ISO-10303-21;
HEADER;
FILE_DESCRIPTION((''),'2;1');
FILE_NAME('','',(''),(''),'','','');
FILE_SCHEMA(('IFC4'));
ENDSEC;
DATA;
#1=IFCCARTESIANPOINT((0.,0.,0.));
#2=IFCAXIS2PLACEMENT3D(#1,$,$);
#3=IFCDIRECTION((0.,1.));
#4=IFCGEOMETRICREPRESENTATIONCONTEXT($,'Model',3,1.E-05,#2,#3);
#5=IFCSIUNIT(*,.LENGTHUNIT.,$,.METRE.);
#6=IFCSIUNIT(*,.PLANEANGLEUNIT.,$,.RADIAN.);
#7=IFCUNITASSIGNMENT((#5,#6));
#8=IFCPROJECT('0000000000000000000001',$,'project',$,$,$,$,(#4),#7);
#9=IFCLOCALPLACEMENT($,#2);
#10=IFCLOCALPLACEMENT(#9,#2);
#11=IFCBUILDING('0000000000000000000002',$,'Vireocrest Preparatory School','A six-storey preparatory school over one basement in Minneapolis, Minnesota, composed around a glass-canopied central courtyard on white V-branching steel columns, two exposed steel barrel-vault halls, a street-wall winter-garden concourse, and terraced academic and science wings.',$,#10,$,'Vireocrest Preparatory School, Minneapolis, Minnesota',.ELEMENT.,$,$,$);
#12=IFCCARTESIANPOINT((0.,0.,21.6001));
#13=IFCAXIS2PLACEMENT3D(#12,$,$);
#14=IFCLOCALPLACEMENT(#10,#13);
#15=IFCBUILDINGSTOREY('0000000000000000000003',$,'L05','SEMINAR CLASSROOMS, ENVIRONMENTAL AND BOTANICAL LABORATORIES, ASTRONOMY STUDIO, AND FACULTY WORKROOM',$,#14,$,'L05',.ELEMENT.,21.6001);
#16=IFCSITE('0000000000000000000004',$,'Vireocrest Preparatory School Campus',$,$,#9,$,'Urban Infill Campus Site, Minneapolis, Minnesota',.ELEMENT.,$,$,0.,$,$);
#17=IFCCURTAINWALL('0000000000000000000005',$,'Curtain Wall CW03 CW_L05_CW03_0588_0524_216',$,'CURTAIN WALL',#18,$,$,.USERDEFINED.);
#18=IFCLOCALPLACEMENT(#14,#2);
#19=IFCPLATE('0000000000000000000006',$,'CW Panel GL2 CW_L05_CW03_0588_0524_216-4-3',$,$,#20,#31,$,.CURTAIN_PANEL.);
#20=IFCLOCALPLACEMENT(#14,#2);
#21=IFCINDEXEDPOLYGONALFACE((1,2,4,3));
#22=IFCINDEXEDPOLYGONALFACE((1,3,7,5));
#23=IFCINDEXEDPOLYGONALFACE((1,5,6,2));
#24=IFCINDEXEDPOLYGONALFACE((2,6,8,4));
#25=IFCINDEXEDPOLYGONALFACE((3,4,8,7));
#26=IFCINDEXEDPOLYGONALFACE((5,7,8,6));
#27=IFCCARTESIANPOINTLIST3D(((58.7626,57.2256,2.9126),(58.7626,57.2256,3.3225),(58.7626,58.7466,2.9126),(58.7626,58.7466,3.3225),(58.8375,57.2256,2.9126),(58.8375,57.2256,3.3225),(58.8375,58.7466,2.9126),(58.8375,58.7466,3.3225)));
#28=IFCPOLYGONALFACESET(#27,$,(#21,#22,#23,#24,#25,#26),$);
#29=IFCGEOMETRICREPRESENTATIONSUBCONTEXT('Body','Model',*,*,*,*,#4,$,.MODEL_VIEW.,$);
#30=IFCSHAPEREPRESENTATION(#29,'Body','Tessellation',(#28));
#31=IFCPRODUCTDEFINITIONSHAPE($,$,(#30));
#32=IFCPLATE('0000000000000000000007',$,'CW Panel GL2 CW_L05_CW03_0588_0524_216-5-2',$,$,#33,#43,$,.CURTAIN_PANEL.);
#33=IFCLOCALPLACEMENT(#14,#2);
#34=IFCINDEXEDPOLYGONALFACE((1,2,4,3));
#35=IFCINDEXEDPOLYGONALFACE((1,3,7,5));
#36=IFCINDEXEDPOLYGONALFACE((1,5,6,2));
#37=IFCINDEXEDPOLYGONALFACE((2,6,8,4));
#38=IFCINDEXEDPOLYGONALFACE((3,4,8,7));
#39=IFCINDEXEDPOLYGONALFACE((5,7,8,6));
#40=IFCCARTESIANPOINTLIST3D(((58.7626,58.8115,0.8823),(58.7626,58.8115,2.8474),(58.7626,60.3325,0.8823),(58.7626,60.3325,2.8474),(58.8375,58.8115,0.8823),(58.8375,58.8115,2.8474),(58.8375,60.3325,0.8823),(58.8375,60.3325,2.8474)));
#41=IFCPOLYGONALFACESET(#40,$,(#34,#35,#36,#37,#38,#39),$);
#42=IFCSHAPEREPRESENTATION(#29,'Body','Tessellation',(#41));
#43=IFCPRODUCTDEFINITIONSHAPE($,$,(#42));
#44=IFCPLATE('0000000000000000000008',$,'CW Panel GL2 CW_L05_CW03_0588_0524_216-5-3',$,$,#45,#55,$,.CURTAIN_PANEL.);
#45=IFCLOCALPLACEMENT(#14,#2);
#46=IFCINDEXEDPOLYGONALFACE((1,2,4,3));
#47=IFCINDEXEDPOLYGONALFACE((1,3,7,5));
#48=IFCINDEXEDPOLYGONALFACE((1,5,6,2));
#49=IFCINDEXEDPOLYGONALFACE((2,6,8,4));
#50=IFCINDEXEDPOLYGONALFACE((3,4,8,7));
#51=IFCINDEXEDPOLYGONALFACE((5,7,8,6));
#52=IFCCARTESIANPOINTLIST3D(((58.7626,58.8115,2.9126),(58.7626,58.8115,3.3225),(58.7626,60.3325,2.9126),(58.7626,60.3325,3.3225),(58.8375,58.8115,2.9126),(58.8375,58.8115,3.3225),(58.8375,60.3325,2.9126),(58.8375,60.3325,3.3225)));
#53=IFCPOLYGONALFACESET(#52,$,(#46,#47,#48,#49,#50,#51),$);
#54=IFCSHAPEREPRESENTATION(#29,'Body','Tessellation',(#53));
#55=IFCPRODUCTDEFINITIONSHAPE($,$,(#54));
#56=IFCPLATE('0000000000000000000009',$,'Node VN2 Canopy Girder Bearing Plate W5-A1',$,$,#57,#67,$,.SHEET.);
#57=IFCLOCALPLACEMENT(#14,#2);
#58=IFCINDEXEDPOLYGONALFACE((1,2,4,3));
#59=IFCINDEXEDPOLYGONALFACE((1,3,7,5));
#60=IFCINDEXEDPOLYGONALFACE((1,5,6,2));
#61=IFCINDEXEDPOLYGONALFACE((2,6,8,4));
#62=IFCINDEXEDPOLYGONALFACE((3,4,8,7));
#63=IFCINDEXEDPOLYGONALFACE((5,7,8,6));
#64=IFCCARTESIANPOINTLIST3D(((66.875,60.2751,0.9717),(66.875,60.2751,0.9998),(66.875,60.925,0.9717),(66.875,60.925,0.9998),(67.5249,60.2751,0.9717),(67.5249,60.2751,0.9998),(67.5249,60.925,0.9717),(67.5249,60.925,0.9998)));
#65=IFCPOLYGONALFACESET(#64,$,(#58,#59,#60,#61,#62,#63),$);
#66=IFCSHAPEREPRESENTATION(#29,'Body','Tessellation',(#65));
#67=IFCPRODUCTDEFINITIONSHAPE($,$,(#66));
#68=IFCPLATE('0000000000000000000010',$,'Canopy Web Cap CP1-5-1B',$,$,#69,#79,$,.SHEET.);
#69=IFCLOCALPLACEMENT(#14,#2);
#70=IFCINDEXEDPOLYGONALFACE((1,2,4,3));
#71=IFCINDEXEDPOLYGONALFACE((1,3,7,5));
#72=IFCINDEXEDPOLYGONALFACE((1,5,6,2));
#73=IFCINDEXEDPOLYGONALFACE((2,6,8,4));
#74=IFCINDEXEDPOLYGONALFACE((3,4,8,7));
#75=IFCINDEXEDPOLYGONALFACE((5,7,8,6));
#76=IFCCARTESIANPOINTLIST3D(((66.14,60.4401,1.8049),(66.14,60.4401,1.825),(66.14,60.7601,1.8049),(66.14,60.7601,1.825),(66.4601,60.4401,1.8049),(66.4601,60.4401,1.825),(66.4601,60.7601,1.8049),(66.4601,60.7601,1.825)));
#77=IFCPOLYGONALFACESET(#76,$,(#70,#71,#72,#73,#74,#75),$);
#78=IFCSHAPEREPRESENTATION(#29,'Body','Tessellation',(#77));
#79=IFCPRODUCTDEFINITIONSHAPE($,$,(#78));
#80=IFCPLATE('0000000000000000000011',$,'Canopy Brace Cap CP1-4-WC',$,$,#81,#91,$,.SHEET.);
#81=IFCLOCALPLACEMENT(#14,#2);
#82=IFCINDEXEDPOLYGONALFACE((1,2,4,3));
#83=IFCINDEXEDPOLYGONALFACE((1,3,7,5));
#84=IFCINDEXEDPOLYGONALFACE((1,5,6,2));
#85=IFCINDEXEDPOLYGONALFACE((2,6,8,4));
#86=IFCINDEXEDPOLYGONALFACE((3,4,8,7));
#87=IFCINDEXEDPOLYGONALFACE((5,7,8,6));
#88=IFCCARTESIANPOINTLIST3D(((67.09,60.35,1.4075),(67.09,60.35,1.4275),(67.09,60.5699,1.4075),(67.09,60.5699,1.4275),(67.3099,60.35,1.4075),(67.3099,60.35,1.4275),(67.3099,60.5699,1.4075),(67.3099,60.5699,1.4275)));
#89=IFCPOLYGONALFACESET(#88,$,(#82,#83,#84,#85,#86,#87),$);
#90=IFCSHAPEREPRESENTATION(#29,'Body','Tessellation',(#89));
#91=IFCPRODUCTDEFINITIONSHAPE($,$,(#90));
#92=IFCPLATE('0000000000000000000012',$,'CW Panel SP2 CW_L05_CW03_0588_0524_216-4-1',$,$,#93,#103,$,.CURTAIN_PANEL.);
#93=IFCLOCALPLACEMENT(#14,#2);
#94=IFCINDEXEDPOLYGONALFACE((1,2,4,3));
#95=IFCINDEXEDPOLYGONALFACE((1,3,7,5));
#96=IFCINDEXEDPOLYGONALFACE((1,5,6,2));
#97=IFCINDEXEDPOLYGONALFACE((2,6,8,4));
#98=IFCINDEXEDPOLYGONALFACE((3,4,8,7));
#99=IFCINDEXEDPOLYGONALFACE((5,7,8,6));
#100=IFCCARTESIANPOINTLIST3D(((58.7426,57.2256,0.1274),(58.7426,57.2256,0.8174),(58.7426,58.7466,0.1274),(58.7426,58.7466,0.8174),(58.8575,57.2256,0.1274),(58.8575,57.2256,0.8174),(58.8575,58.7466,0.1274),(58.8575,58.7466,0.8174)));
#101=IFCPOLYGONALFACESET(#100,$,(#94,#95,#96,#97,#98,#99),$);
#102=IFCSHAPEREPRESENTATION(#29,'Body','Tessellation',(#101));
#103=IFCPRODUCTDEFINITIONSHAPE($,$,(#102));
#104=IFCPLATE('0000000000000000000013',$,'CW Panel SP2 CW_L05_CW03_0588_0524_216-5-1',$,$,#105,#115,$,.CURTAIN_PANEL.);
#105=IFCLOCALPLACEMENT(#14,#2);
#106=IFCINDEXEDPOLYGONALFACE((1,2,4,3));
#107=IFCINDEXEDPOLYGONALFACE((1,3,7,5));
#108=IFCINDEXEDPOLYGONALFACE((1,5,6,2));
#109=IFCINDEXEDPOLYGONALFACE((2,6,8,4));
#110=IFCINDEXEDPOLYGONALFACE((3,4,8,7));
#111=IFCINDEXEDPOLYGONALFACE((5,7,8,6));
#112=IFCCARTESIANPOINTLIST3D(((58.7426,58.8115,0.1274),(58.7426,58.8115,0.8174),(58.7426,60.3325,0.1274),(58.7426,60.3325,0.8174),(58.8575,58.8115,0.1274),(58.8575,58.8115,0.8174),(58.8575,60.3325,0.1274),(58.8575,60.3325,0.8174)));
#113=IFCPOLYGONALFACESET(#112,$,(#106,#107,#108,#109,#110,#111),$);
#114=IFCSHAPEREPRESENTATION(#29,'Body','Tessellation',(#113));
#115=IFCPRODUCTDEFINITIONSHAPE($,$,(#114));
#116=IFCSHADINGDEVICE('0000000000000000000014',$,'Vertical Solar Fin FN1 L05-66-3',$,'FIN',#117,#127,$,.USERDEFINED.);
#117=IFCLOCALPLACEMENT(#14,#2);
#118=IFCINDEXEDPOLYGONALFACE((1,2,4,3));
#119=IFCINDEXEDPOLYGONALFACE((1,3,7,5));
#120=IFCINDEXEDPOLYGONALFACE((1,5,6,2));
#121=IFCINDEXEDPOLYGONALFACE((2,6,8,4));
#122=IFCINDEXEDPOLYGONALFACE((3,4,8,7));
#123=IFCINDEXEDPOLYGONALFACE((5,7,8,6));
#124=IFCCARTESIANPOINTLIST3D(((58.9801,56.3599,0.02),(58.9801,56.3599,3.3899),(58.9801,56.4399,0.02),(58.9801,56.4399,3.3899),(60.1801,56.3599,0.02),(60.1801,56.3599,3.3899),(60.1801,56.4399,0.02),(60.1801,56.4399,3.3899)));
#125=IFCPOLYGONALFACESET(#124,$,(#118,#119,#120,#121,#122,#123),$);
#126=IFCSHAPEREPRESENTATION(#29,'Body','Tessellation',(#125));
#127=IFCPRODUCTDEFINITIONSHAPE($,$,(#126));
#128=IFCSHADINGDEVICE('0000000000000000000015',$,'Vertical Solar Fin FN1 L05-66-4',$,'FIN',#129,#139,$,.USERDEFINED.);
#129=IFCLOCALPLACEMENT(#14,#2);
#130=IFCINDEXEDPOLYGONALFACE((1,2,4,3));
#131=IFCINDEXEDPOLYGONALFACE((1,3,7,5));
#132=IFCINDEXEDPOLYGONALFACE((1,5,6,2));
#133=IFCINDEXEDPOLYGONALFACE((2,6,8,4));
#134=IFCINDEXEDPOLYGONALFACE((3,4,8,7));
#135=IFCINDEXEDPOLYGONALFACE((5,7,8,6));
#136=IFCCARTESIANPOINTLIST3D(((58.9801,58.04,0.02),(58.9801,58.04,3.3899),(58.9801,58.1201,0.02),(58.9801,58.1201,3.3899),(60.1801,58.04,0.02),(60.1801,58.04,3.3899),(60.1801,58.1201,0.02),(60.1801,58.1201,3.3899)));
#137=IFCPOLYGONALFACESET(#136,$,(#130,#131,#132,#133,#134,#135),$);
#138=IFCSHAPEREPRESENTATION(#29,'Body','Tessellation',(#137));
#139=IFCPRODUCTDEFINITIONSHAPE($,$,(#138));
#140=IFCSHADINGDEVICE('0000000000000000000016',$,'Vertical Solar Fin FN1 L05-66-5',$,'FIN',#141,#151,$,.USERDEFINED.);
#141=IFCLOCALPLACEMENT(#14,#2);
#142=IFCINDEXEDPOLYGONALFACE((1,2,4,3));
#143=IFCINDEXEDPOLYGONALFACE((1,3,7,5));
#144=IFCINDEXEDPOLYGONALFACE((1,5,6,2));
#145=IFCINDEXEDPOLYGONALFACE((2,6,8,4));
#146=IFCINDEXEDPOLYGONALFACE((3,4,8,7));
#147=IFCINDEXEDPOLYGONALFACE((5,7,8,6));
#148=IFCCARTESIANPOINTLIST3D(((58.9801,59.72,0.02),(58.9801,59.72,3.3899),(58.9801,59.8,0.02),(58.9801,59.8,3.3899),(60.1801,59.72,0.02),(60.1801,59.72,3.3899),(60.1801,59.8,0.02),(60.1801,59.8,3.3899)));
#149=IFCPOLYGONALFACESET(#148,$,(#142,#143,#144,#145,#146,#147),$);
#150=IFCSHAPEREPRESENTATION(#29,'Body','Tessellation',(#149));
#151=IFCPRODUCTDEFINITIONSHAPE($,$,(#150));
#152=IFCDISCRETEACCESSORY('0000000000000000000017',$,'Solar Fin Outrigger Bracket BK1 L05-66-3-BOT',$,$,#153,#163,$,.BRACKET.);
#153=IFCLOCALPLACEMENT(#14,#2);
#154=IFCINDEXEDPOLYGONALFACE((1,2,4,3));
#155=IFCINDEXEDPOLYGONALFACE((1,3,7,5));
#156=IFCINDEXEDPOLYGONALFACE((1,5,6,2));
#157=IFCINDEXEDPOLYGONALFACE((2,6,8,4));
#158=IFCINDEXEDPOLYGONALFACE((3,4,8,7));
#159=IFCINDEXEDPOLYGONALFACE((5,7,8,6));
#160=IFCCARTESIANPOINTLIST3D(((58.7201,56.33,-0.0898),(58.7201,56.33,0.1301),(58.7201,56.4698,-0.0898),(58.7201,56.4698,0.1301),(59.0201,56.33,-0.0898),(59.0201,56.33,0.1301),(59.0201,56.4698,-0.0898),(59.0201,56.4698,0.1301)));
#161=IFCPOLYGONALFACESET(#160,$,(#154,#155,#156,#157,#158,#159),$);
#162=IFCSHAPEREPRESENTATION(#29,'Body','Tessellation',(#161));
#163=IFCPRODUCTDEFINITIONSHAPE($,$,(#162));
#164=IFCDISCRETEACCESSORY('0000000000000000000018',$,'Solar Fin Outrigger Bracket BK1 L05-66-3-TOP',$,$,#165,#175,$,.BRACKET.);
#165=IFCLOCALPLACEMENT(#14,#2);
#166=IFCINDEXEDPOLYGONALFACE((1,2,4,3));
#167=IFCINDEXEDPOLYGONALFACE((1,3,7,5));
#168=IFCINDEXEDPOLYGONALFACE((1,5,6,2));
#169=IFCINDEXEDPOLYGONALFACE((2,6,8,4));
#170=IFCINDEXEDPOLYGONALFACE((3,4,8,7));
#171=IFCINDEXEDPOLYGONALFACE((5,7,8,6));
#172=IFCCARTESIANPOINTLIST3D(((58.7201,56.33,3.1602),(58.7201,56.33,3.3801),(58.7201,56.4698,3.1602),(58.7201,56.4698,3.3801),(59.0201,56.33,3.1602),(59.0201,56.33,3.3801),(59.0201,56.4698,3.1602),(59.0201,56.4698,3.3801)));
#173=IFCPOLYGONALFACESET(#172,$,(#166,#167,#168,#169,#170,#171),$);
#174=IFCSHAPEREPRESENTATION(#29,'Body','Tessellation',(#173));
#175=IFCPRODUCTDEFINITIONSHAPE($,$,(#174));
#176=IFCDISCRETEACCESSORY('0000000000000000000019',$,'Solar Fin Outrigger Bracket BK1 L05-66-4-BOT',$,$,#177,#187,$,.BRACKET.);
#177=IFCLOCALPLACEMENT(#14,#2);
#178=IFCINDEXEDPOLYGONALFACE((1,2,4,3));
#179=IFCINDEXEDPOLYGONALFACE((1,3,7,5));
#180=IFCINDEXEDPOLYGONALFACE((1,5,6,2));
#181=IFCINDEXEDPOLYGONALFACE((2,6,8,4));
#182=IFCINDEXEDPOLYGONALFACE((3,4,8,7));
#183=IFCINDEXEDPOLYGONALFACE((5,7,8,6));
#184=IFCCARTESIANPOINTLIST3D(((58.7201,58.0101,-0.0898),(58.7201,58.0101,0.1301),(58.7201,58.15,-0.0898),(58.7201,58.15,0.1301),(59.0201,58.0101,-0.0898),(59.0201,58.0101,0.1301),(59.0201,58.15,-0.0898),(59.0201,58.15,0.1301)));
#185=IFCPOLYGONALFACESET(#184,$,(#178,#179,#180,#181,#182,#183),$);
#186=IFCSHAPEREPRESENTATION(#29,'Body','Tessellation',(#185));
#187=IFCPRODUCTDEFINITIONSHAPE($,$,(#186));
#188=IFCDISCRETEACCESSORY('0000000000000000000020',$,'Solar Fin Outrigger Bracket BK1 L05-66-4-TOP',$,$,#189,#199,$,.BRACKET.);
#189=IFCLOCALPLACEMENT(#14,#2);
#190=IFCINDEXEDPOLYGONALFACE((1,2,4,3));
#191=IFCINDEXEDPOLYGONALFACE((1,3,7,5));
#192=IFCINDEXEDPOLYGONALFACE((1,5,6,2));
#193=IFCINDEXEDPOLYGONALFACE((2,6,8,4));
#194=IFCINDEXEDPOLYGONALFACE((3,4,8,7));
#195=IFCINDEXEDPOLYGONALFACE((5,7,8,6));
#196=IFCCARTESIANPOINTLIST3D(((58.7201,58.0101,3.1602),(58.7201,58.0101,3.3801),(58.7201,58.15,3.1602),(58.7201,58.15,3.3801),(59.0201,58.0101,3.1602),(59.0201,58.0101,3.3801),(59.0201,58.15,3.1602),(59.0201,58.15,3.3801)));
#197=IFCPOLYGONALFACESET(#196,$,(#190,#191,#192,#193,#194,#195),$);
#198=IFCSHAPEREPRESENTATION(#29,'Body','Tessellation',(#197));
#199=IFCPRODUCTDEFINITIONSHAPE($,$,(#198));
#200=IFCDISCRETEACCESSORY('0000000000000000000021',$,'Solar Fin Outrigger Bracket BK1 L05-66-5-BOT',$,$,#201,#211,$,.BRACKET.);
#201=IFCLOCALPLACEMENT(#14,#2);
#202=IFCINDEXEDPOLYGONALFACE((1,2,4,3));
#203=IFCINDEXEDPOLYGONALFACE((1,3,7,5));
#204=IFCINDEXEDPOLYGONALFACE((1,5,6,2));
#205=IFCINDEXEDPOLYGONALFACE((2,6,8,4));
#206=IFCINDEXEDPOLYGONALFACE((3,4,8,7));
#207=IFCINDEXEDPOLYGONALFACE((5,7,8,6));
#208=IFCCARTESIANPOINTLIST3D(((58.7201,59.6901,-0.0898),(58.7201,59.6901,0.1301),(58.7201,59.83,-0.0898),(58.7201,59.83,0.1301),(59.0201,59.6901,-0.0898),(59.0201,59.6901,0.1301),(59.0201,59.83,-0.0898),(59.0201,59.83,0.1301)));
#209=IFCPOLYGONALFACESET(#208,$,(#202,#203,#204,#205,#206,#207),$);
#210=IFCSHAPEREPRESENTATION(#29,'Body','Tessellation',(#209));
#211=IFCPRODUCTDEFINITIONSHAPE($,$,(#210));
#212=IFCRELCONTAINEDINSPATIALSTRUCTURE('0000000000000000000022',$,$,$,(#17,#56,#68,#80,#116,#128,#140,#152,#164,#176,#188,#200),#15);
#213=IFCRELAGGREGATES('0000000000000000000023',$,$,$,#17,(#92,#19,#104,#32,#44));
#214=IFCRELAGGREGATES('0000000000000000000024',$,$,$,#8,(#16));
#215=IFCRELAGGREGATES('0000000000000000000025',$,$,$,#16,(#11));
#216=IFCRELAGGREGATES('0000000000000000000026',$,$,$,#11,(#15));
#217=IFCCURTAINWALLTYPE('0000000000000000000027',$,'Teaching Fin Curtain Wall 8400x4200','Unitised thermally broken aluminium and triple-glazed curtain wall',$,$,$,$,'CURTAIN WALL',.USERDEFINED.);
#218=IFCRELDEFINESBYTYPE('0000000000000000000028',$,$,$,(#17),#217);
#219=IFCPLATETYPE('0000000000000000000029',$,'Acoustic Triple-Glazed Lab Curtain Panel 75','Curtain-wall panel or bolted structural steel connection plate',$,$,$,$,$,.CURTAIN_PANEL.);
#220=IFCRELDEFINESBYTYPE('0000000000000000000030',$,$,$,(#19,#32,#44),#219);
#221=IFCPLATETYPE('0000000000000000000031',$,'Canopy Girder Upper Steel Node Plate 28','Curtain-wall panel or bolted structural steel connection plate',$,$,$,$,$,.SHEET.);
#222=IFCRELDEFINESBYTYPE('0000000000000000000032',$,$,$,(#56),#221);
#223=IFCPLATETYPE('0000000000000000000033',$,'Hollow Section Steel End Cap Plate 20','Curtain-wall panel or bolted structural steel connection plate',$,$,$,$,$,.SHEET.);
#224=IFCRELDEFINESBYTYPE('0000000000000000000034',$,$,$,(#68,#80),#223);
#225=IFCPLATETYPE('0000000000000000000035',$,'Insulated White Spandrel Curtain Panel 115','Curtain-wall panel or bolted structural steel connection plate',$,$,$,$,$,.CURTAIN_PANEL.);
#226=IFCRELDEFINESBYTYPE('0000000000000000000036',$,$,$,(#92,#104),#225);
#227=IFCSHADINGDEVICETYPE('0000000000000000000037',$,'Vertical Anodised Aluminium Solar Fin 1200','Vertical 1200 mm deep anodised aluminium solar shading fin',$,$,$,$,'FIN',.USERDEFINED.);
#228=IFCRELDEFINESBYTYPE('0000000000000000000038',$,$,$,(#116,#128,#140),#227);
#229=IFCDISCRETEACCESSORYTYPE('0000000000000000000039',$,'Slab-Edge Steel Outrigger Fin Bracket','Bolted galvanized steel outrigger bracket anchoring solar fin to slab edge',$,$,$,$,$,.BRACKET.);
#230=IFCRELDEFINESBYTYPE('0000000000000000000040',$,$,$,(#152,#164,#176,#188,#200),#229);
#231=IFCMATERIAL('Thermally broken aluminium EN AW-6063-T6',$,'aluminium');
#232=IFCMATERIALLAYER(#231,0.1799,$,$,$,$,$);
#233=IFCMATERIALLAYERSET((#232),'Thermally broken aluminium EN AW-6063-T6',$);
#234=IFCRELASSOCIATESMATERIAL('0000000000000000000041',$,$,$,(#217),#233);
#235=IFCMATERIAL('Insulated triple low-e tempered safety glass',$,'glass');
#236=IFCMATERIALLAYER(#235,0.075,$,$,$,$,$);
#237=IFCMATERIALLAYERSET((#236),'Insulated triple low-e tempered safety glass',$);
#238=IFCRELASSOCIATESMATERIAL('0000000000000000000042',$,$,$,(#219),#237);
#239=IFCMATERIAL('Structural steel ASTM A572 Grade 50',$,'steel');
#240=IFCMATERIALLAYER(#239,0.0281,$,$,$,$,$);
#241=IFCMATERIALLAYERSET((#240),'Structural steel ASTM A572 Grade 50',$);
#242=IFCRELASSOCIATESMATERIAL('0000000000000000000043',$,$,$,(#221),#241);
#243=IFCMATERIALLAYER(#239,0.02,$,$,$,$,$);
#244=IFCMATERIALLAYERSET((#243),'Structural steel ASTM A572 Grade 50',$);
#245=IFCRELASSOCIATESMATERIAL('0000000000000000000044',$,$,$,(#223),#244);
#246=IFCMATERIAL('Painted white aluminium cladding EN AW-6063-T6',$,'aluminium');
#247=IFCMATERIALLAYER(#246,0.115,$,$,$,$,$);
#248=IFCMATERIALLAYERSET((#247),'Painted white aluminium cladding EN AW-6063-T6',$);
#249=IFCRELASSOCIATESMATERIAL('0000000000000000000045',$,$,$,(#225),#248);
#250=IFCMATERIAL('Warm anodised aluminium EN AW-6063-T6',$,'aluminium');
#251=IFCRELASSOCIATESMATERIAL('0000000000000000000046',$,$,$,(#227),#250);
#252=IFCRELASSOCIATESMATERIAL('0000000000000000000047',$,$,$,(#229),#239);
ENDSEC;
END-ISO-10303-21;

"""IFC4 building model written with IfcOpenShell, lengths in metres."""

from ifc_helpers import new_model, si_unit, direction, frame, origin, origin_2d, place, context, subcontext, project, spatial, rectangle, extrude, material, layer, layer_set, material_profile, profile_set, type_object, element, aggregate, save


model = new_model("IFC4")

# Units and contexts
model_context = context("Model", 3, precision=1e-05, world=origin(), true_north=direction((0.0, 1.0)))
body_context = subcontext(model_context, "Body", "Model", "MODEL_VIEW")
ifc_project = project(units=[si_unit("LENGTHUNIT", "METRE"), si_unit("PLANEANGLEUNIT", "RADIAN")], contexts=[model_context])

# Site, building, storey
site_placement = place(None, origin())
site = spatial("IfcSite", under=ifc_project, at=site_placement, Name="Vireocrest Preparatory School Campus", LongName="Urban Infill Campus Site, Minneapolis, Minnesota", CompositionType="ELEMENT", RefElevation=0.0)
building_placement = place(site_placement, origin())
building = spatial("IfcBuilding", under=site, at=building_placement, Name="Vireocrest Preparatory School", Description="A six-storey preparatory school over one basement in Minneapolis, Minnesota, composed around a glass-canopied central courtyard on white V-branching steel columns, two exposed steel barrel-vault halls, a street-wall winter-garden concourse, and terraced academic and science wings.", LongName="Vireocrest Preparatory School, Minneapolis, Minnesota", CompositionType="ELEMENT")
storey_placement = place(building_placement, frame((0.0, 0.0, 21.6001)))
storey = spatial("IfcBuildingStorey", under=building, at=storey_placement, Name="L05", Description="SEMINAR CLASSROOMS, ENVIRONMENTAL AND BOTANICAL LABORATORIES, ASTRONOMY STUDIO, AND FACULTY WORKROOM", LongName="L05", CompositionType="ELEMENT", Elevation=21.6001)

# Curtain wall
ifc_material_1 = material(Name="Thermally broken aluminium EN AW-6063-T6", Category="aluminium")
ifc_layer_1 = layer(ifc_material_1, 0.1799)
ifc_layer_set_1 = layer_set([ifc_layer_1], Name="Thermally broken aluminium EN AW-6063-T6")
curtain_wall_type = type_object("IfcCurtainWallType", Name="Teaching Fin Curtain Wall 8400x4200", Description="Unitised thermally broken aluminium and triple-glazed curtain wall", ElementType="CURTAIN WALL", PredefinedType="USERDEFINED", material=ifc_layer_set_1)
curtain_wall_placement = place(storey_placement, origin())
curtain_wall = element("IfcCurtainWall", 1, at=curtain_wall_placement, inside=storey, type_object=curtain_wall_type, Name="Curtain Wall CW03 CW_L05_CW03_0588_0524_216", ObjectType="CURTAIN WALL", PredefinedType="USERDEFINED")

# Plates
ifc_material_2 = material(Name="Insulated triple low-e tempered safety glass", Category="glass")
ifc_layer_2 = layer(ifc_material_2, 0.075)
ifc_layer_set_2 = layer_set([ifc_layer_2], Name="Insulated triple low-e tempered safety glass")
plate_type_1 = type_object("IfcPlateType", Name="Acoustic Triple-Glazed Lab Curtain Panel 75", Description="Curtain-wall panel or bolted structural steel connection plate", PredefinedType="CURTAIN_PANEL", material=ifc_layer_set_2)
plate_1_placement = place(storey_placement, frame((58.8, 57.9861, 2.9126), z_axis=(0.0, 0.0, 1.0), x_axis=(0.0, 1.0, 0.0)))
plate_1 = element("IfcPlate", 2, at=plate_1_placement, type_object=plate_type_1, Name="CW Panel GL2 CW_L05_CW03_0588_0524_216-4-3", PredefinedType="CURTAIN_PANEL", context=body_context, shape_type="SweptSolid", body=[
    extrude(rectangle(XDim=1.521, YDim=0.075, at=origin_2d()), origin(), (0.0, 0.0, 1.0), 0.4099),
])
plate_2_placement = place(storey_placement, frame((58.8, 59.572, 0.8823), z_axis=(0.0, 0.0, 1.0), x_axis=(0.0, 1.0, 0.0)))
plate_2 = element("IfcPlate", 3, at=plate_2_placement, type_object=plate_type_1, Name="CW Panel GL2 CW_L05_CW03_0588_0524_216-5-2", PredefinedType="CURTAIN_PANEL", context=body_context, shape_type="SweptSolid", body=[
    extrude(rectangle(XDim=1.521, YDim=0.075, at=origin_2d()), origin(), (0.0, 0.0, 1.0), 1.9651),
])
plate_3_placement = place(storey_placement, frame((58.8, 59.572, 2.9126), z_axis=(0.0, 0.0, 1.0), x_axis=(0.0, 1.0, 0.0)))
plate_3 = element("IfcPlate", 4, at=plate_3_placement, type_object=plate_type_1, Name="CW Panel GL2 CW_L05_CW03_0588_0524_216-5-3", PredefinedType="CURTAIN_PANEL", context=body_context, shape_type="SweptSolid", body=[
    extrude(rectangle(XDim=1.521, YDim=0.075, at=origin_2d()), origin(), (0.0, 0.0, 1.0), 0.4099),
])

# Plates
ifc_material_3 = material(Name="Structural steel ASTM A572 Grade 50", Category="steel")
ifc_layer_3 = layer(ifc_material_3, 0.0281)
ifc_layer_set_3 = layer_set([ifc_layer_3], Name="Structural steel ASTM A572 Grade 50")
plate_type_2 = type_object("IfcPlateType", Name="Canopy Girder Upper Steel Node Plate 28", Description="Curtain-wall panel or bolted structural steel connection plate", PredefinedType="SHEET", material=ifc_layer_set_3)
plate_4_placement = place(storey_placement, frame((67.2, 60.6001, 0.9717), z_axis=(0.0, 0.0, 1.0), x_axis=(1.0, 0.0, 0.0)))
element("IfcPlate", 5, at=plate_4_placement, inside=storey, type_object=plate_type_2, Name="Node VN2 Canopy Girder Bearing Plate W5-A1", PredefinedType="SHEET", context=body_context, shape_type="SweptSolid", body=[
    extrude(rectangle(XDim=0.6499, YDim=0.6499, at=origin_2d()), origin(), (0.0, 0.0, 1.0), 0.0281),
])
ifc_layer_4 = layer(ifc_material_3, 0.02)
ifc_layer_set_4 = layer_set([ifc_layer_4], Name="Structural steel ASTM A572 Grade 50")
plate_type_3 = type_object("IfcPlateType", Name="Hollow Section Steel End Cap Plate 20", Description="Curtain-wall panel or bolted structural steel connection plate", PredefinedType="SHEET", material=ifc_layer_set_4)
plate_5_placement = place(storey_placement, frame((66.3, 60.6001, 1.8049), z_axis=(0.0, 0.0, 1.0), x_axis=(1.0, 0.0, 0.0)))
element("IfcPlate", 6, at=plate_5_placement, inside=storey, type_object=plate_type_3, Name="Canopy Web Cap CP1-5-1B", PredefinedType="SHEET", context=body_context, shape_type="SweptSolid", body=[
    extrude(rectangle(XDim=0.3201, YDim=0.3201, at=origin_2d()), origin(), (0.0, 0.0, 1.0), 0.02),
])
plate_6_placement = place(storey_placement, frame((67.2, 60.46, 1.4075), z_axis=(0.0, 0.0, 1.0), x_axis=(1.0, 0.0, 0.0)))
element("IfcPlate", 7, at=plate_6_placement, inside=storey, type_object=plate_type_3, Name="Canopy Brace Cap CP1-4-WC", PredefinedType="SHEET", context=body_context, shape_type="SweptSolid", body=[
    extrude(rectangle(XDim=0.22, YDim=0.22, at=origin_2d()), origin(), (0.0, 0.0, 1.0), 0.02),
])

# Plates
ifc_material_4 = material(Name="Painted white aluminium cladding EN AW-6063-T6", Category="aluminium")
ifc_layer_5 = layer(ifc_material_4, 0.115)
ifc_layer_set_5 = layer_set([ifc_layer_5], Name="Painted white aluminium cladding EN AW-6063-T6")
plate_type_4 = type_object("IfcPlateType", Name="Insulated White Spandrel Curtain Panel 115", Description="Curtain-wall panel or bolted structural steel connection plate", PredefinedType="CURTAIN_PANEL", material=ifc_layer_set_5)
plate_7_placement = place(storey_placement, frame((58.8, 57.9861, 0.1274), z_axis=(0.0, 0.0, 1.0), x_axis=(0.0, 1.0, 0.0)))
plate_7 = element("IfcPlate", 8, at=plate_7_placement, type_object=plate_type_4, Name="CW Panel SP2 CW_L05_CW03_0588_0524_216-4-1", PredefinedType="CURTAIN_PANEL", context=body_context, shape_type="SweptSolid", body=[
    extrude(rectangle(XDim=1.521, YDim=0.115, at=origin_2d()), origin(), (0.0, 0.0, 1.0), 0.6899),
])
plate_8_placement = place(storey_placement, frame((58.8, 59.572, 0.1274), z_axis=(0.0, 0.0, 1.0), x_axis=(0.0, 1.0, 0.0)))
plate_8 = element("IfcPlate", 9, at=plate_8_placement, type_object=plate_type_4, Name="CW Panel SP2 CW_L05_CW03_0588_0524_216-5-1", PredefinedType="CURTAIN_PANEL", context=body_context, shape_type="SweptSolid", body=[
    extrude(rectangle(XDim=1.521, YDim=0.115, at=origin_2d()), origin(), (0.0, 0.0, 1.0), 0.6899),
])
aggregate(curtain_wall, [plate_7, plate_1, plate_8, plate_2, plate_3])

# Shading devices
ifc_material_5 = material(Name="Warm anodised aluminium EN AW-6063-T6", Category="aluminium")
ifc_material_profile_1 = material_profile(ifc_material_5, rectangle(XDim=0.0801, YDim=1.2, at=origin_2d()), Name="FIN 80x1200")
ifc_profile_set_1 = profile_set([ifc_material_profile_1], Name="Warm anodised aluminium EN AW-6063-T6")
shading_device_type = type_object("IfcShadingDeviceType", Name="Vertical Anodised Aluminium Solar Fin 1200", Description="Vertical 1200 mm deep anodised aluminium solar shading fin", ElementType="FIN", PredefinedType="USERDEFINED", material=ifc_profile_set_1)
for number, where, z_axis, x_axis, name in (
    (10, (59.5801, 56.3999, 0.02), (0.0, 0.0, 1.0), (0.0, -1.0, 0.0), "Vertical Solar Fin FN1 L05-66-3"),
    (11, (59.5801, 58.0801, 0.02), (0.0, 0.0, 1.0), (0.0, -1.0, 0.0), "Vertical Solar Fin FN1 L05-66-4"),
    (12, (59.5801, 59.76, 0.02), (0.0, 0.0, 1.0), (0.0, -1.0, 0.0), "Vertical Solar Fin FN1 L05-66-5"),
):
    element("IfcShadingDevice", number, at=place(storey_placement, frame(where, z_axis=z_axis, x_axis=x_axis)), inside=storey, type_object=shading_device_type, Name=name, ObjectType="FIN", PredefinedType="USERDEFINED", context=body_context, shape_type="SweptSolid", body=[
        extrude(rectangle(XDim=0.0801, YDim=1.2, at=origin_2d()), origin(), (0.0, 0.0, 1.0), 3.3699),
    ])

# Discrete accessories
discrete_accessory_type = type_object("IfcDiscreteAccessoryType", Name="Slab-Edge Steel Outrigger Fin Bracket", Description="Bolted galvanized steel outrigger bracket anchoring solar fin to slab edge", PredefinedType="BRACKET", material=ifc_material_3)
for number, where, z_axis, x_axis, name in (
    (13, (58.8701, 56.3999, -0.0898), (0.0, 0.0, 1.0), (0.0, -1.0, 0.0), "Solar Fin Outrigger Bracket BK1 L05-66-3-BOT"),
    (14, (58.8701, 56.3999, 3.1602), (0.0, 0.0, 1.0), (0.0, -1.0, 0.0), "Solar Fin Outrigger Bracket BK1 L05-66-3-TOP"),
    (15, (58.8701, 58.0801, -0.0898), (0.0, 0.0, 1.0), (0.0, -1.0, 0.0), "Solar Fin Outrigger Bracket BK1 L05-66-4-BOT"),
    (16, (58.8701, 58.0801, 3.1602), (0.0, 0.0, 1.0), (0.0, -1.0, 0.0), "Solar Fin Outrigger Bracket BK1 L05-66-4-TOP"),
    (17, (58.8701, 59.76, -0.0898), (0.0, 0.0, 1.0), (0.0, -1.0, 0.0), "Solar Fin Outrigger Bracket BK1 L05-66-5-BOT"),
):
    element("IfcDiscreteAccessory", number, at=place(storey_placement, frame(where, z_axis=z_axis, x_axis=x_axis)), inside=storey, type_object=discrete_accessory_type, Name=name, PredefinedType="BRACKET", context=body_context, shape_type="SweptSolid", body=[
        extrude(rectangle(XDim=0.1399, YDim=0.3, at=origin_2d()), origin(), (0.0, 0.0, 1.0), 0.22),
    ])

save(model, "model.ifc")
